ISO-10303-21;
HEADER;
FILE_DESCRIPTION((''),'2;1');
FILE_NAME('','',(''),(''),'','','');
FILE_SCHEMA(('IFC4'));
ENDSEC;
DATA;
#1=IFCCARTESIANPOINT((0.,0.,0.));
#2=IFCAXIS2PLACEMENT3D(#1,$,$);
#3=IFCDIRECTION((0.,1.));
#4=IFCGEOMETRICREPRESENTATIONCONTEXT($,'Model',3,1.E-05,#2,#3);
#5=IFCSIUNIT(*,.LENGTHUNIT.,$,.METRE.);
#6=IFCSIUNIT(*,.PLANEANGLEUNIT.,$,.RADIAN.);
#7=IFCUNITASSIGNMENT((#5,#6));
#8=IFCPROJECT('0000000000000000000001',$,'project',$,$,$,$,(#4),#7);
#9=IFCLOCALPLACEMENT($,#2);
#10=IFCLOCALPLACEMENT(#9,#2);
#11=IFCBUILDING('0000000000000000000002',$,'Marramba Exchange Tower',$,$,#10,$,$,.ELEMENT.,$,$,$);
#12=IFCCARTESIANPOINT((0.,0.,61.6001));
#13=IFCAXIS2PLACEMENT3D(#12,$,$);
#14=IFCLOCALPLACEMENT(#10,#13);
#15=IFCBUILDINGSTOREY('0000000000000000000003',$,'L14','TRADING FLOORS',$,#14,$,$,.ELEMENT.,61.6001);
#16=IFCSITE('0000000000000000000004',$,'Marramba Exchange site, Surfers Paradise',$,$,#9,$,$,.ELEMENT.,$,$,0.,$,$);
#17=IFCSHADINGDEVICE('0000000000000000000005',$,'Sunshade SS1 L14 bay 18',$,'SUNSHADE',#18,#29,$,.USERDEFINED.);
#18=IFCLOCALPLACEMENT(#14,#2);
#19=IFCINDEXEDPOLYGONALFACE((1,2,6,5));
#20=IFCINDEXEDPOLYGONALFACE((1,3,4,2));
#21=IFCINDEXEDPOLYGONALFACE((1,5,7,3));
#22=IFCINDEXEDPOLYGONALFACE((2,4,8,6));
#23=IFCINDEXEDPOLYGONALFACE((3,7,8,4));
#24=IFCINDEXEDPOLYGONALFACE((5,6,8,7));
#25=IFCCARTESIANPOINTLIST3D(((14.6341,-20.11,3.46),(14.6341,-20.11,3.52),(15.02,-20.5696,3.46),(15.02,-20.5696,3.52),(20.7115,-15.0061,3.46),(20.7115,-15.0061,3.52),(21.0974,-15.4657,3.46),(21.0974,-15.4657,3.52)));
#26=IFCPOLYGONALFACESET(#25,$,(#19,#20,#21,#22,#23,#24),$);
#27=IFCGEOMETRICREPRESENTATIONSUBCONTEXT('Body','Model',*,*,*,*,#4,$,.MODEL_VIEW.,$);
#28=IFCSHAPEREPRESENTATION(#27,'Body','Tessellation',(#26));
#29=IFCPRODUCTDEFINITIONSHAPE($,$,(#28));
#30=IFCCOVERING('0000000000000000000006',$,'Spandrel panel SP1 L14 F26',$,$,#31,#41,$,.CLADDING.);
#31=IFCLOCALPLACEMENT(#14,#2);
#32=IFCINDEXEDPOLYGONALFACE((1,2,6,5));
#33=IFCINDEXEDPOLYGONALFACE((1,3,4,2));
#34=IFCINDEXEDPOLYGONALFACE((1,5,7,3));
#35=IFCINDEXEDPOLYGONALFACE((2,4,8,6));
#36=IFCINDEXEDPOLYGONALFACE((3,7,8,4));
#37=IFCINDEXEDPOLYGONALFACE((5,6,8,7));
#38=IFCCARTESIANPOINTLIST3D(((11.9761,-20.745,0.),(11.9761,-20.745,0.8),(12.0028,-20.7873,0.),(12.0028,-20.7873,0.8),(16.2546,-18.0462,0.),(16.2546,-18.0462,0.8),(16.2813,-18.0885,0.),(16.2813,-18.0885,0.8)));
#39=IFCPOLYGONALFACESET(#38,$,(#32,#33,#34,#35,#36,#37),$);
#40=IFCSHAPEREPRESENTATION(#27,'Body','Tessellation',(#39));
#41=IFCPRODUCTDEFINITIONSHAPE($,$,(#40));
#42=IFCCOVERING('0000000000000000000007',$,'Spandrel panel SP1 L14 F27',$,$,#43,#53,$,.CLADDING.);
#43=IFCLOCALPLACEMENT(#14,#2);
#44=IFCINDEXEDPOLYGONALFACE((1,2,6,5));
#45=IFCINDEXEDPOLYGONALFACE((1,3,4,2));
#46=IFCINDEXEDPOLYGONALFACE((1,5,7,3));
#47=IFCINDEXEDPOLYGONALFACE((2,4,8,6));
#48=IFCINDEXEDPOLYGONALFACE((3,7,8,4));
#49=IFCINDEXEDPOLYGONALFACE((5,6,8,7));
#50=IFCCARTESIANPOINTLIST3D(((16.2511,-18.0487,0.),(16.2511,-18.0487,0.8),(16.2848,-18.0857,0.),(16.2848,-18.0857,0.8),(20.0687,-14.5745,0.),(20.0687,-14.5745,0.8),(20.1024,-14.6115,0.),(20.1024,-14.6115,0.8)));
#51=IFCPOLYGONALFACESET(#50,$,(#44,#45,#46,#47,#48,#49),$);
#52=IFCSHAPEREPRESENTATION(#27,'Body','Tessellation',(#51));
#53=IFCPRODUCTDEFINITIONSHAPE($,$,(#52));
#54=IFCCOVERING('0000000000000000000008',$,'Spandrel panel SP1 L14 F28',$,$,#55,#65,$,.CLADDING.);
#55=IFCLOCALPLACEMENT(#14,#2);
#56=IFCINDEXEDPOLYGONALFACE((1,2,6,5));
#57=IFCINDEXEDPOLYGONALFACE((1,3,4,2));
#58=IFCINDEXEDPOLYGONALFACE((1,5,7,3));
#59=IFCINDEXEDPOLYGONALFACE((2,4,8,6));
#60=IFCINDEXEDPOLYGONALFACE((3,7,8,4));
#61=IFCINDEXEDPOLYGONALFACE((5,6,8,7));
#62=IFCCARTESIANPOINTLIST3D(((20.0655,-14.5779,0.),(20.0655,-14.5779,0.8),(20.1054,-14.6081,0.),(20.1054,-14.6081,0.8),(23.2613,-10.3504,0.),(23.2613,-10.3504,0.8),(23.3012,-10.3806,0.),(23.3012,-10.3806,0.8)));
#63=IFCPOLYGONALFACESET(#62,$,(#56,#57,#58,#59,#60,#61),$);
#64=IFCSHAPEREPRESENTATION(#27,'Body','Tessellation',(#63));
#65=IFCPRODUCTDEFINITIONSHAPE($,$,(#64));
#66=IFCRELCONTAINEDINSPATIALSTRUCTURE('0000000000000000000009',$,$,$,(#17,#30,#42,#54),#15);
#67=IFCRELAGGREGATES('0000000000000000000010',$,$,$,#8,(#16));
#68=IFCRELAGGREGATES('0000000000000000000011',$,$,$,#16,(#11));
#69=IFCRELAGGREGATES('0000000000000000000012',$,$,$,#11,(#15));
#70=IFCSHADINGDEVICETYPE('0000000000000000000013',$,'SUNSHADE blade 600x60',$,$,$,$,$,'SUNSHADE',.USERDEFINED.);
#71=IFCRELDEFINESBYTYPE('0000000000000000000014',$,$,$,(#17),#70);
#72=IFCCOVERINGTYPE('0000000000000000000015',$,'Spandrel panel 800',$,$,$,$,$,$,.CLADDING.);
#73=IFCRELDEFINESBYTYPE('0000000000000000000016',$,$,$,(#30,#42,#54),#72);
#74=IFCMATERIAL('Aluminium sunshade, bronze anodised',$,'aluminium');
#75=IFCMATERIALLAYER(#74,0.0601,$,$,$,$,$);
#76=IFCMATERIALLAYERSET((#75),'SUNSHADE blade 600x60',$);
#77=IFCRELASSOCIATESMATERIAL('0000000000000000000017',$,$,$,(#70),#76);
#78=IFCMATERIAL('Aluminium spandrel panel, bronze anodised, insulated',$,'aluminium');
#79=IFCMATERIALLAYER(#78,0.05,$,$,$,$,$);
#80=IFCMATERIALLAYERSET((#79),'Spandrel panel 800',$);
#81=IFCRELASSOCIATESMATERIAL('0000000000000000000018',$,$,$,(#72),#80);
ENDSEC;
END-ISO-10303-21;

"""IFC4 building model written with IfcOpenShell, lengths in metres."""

from ifc_helpers import new_model, si_unit, direction, frame, origin, origin_2d, place, context, subcontext, project, spatial, rectangle, extrude, material, layer, layer_set, type_object, element, save


model = new_model("IFC4")

# Units and contexts
model_context = context("Model", 3, precision=1e-05, world=origin(), true_north=direction((0.0, 1.0)))
body_context = subcontext(model_context, "Body", "Model", "MODEL_VIEW")
ifc_project = project(units=[si_unit("LENGTHUNIT", "METRE"), si_unit("PLANEANGLEUNIT", "RADIAN")], contexts=[model_context])

# Site, building, storey
site_placement = place(None, origin())
site = spatial("IfcSite", under=ifc_project, at=site_placement, Name="Marramba Exchange site, Surfers Paradise", CompositionType="ELEMENT", RefElevation=0.0)
building_placement = place(site_placement, origin())
building = spatial("IfcBuilding", under=site, at=building_placement, Name="Marramba Exchange Tower", CompositionType="ELEMENT")
storey_placement = place(building_placement, frame((0.0, 0.0, 61.6001)))
storey = spatial("IfcBuildingStorey", under=building, at=storey_placement, Name="L14", Description="TRADING FLOORS", CompositionType="ELEMENT", Elevation=61.6001)

# Shading device
ifc_material_1 = material(Name="Aluminium sunshade, bronze anodised", Category="aluminium")
ifc_layer_1 = layer(ifc_material_1, 0.0601)
ifc_layer_set_1 = layer_set([ifc_layer_1], Name="SUNSHADE blade 600x60")
shading_device_type_1 = type_object("IfcShadingDeviceType", Name="SUNSHADE blade 600x60", ElementType="SUNSHADE", PredefinedType="USERDEFINED", material=ifc_layer_set_1)
shading_device_1_placement = place(storey_placement, frame((17.8657, -17.7878, 3.46), z_axis=(0.0, 0.0, 1.0), x_axis=(0.765776, 0.643107, 0.0)))
element("IfcShadingDevice", 1, at=shading_device_1_placement, inside=storey, type_object=shading_device_type_1, Name="Sunshade SS1 L14 bay 18", ObjectType="SUNSHADE", PredefinedType="USERDEFINED", context=body_context, shape_type="SweptSolid", body=[
    extrude(rectangle(XDim=7.9363, YDim=0.6001, at=origin_2d()), origin(), (0.0, 0.0, 1.0), 0.0601),
])

# Coverings
ifc_material_2 = material(Name="Aluminium spandrel panel, bronze anodised, insulated", Category="aluminium")
ifc_layer_2 = layer(ifc_material_2, 0.05)
ifc_layer_set_2 = layer_set([ifc_layer_2], Name="Spandrel panel 800")
covering_type = type_object("IfcCoveringType", Name="Spandrel panel 800", PredefinedType="CLADDING", material=ifc_layer_set_2)
covering_1_placement = place(storey_placement, frame((14.1287, -19.4167, 0.0), z_axis=(0.0, 0.0, 1.0), x_axis=(0.845791, 0.533515, 0.0)))
element("IfcCovering", 2, at=covering_1_placement, inside=storey, type_object=covering_type, Name="Spandrel panel SP1 L14 F26", PredefinedType="CLADDING", context=body_context, shape_type="SweptSolid", body=[
    extrude(rectangle(XDim=5.0586, YDim=0.05, at=origin_2d()), origin(), (0.0, 0.0, 1.0), 0.8),
])
covering_2_placement = place(storey_placement, frame((18.1768, -16.3301, 0.0), z_axis=(0.0, 0.0, 1.0), x_axis=(0.73959, 0.673058, 0.0)))
element("IfcCovering", 3, at=covering_2_placement, inside=storey, type_object=covering_type, Name="Spandrel panel SP1 L14 F27", PredefinedType="CLADDING", context=body_context, shape_type="SweptSolid", body=[
    extrude(rectangle(XDim=5.1619, YDim=0.05, at=origin_2d()), origin(), (0.0, 0.0, 1.0), 0.8),
])
covering_3_placement = place(storey_placement, frame((21.6833, -12.4792, 0.0), z_axis=(0.0, 0.0, 1.0), x_axis=(0.60304, 0.797711, 0.0)))
element("IfcCovering", 4, at=covering_3_placement, inside=storey, type_object=covering_type, Name="Spandrel panel SP1 L14 F28", PredefinedType="CLADDING", context=body_context, shape_type="SweptSolid", body=[
    extrude(rectangle(XDim=5.2996, YDim=0.05, at=origin_2d()), origin(), (0.0, 0.0, 1.0), 0.8),
])

save(model, "model.ifc")
